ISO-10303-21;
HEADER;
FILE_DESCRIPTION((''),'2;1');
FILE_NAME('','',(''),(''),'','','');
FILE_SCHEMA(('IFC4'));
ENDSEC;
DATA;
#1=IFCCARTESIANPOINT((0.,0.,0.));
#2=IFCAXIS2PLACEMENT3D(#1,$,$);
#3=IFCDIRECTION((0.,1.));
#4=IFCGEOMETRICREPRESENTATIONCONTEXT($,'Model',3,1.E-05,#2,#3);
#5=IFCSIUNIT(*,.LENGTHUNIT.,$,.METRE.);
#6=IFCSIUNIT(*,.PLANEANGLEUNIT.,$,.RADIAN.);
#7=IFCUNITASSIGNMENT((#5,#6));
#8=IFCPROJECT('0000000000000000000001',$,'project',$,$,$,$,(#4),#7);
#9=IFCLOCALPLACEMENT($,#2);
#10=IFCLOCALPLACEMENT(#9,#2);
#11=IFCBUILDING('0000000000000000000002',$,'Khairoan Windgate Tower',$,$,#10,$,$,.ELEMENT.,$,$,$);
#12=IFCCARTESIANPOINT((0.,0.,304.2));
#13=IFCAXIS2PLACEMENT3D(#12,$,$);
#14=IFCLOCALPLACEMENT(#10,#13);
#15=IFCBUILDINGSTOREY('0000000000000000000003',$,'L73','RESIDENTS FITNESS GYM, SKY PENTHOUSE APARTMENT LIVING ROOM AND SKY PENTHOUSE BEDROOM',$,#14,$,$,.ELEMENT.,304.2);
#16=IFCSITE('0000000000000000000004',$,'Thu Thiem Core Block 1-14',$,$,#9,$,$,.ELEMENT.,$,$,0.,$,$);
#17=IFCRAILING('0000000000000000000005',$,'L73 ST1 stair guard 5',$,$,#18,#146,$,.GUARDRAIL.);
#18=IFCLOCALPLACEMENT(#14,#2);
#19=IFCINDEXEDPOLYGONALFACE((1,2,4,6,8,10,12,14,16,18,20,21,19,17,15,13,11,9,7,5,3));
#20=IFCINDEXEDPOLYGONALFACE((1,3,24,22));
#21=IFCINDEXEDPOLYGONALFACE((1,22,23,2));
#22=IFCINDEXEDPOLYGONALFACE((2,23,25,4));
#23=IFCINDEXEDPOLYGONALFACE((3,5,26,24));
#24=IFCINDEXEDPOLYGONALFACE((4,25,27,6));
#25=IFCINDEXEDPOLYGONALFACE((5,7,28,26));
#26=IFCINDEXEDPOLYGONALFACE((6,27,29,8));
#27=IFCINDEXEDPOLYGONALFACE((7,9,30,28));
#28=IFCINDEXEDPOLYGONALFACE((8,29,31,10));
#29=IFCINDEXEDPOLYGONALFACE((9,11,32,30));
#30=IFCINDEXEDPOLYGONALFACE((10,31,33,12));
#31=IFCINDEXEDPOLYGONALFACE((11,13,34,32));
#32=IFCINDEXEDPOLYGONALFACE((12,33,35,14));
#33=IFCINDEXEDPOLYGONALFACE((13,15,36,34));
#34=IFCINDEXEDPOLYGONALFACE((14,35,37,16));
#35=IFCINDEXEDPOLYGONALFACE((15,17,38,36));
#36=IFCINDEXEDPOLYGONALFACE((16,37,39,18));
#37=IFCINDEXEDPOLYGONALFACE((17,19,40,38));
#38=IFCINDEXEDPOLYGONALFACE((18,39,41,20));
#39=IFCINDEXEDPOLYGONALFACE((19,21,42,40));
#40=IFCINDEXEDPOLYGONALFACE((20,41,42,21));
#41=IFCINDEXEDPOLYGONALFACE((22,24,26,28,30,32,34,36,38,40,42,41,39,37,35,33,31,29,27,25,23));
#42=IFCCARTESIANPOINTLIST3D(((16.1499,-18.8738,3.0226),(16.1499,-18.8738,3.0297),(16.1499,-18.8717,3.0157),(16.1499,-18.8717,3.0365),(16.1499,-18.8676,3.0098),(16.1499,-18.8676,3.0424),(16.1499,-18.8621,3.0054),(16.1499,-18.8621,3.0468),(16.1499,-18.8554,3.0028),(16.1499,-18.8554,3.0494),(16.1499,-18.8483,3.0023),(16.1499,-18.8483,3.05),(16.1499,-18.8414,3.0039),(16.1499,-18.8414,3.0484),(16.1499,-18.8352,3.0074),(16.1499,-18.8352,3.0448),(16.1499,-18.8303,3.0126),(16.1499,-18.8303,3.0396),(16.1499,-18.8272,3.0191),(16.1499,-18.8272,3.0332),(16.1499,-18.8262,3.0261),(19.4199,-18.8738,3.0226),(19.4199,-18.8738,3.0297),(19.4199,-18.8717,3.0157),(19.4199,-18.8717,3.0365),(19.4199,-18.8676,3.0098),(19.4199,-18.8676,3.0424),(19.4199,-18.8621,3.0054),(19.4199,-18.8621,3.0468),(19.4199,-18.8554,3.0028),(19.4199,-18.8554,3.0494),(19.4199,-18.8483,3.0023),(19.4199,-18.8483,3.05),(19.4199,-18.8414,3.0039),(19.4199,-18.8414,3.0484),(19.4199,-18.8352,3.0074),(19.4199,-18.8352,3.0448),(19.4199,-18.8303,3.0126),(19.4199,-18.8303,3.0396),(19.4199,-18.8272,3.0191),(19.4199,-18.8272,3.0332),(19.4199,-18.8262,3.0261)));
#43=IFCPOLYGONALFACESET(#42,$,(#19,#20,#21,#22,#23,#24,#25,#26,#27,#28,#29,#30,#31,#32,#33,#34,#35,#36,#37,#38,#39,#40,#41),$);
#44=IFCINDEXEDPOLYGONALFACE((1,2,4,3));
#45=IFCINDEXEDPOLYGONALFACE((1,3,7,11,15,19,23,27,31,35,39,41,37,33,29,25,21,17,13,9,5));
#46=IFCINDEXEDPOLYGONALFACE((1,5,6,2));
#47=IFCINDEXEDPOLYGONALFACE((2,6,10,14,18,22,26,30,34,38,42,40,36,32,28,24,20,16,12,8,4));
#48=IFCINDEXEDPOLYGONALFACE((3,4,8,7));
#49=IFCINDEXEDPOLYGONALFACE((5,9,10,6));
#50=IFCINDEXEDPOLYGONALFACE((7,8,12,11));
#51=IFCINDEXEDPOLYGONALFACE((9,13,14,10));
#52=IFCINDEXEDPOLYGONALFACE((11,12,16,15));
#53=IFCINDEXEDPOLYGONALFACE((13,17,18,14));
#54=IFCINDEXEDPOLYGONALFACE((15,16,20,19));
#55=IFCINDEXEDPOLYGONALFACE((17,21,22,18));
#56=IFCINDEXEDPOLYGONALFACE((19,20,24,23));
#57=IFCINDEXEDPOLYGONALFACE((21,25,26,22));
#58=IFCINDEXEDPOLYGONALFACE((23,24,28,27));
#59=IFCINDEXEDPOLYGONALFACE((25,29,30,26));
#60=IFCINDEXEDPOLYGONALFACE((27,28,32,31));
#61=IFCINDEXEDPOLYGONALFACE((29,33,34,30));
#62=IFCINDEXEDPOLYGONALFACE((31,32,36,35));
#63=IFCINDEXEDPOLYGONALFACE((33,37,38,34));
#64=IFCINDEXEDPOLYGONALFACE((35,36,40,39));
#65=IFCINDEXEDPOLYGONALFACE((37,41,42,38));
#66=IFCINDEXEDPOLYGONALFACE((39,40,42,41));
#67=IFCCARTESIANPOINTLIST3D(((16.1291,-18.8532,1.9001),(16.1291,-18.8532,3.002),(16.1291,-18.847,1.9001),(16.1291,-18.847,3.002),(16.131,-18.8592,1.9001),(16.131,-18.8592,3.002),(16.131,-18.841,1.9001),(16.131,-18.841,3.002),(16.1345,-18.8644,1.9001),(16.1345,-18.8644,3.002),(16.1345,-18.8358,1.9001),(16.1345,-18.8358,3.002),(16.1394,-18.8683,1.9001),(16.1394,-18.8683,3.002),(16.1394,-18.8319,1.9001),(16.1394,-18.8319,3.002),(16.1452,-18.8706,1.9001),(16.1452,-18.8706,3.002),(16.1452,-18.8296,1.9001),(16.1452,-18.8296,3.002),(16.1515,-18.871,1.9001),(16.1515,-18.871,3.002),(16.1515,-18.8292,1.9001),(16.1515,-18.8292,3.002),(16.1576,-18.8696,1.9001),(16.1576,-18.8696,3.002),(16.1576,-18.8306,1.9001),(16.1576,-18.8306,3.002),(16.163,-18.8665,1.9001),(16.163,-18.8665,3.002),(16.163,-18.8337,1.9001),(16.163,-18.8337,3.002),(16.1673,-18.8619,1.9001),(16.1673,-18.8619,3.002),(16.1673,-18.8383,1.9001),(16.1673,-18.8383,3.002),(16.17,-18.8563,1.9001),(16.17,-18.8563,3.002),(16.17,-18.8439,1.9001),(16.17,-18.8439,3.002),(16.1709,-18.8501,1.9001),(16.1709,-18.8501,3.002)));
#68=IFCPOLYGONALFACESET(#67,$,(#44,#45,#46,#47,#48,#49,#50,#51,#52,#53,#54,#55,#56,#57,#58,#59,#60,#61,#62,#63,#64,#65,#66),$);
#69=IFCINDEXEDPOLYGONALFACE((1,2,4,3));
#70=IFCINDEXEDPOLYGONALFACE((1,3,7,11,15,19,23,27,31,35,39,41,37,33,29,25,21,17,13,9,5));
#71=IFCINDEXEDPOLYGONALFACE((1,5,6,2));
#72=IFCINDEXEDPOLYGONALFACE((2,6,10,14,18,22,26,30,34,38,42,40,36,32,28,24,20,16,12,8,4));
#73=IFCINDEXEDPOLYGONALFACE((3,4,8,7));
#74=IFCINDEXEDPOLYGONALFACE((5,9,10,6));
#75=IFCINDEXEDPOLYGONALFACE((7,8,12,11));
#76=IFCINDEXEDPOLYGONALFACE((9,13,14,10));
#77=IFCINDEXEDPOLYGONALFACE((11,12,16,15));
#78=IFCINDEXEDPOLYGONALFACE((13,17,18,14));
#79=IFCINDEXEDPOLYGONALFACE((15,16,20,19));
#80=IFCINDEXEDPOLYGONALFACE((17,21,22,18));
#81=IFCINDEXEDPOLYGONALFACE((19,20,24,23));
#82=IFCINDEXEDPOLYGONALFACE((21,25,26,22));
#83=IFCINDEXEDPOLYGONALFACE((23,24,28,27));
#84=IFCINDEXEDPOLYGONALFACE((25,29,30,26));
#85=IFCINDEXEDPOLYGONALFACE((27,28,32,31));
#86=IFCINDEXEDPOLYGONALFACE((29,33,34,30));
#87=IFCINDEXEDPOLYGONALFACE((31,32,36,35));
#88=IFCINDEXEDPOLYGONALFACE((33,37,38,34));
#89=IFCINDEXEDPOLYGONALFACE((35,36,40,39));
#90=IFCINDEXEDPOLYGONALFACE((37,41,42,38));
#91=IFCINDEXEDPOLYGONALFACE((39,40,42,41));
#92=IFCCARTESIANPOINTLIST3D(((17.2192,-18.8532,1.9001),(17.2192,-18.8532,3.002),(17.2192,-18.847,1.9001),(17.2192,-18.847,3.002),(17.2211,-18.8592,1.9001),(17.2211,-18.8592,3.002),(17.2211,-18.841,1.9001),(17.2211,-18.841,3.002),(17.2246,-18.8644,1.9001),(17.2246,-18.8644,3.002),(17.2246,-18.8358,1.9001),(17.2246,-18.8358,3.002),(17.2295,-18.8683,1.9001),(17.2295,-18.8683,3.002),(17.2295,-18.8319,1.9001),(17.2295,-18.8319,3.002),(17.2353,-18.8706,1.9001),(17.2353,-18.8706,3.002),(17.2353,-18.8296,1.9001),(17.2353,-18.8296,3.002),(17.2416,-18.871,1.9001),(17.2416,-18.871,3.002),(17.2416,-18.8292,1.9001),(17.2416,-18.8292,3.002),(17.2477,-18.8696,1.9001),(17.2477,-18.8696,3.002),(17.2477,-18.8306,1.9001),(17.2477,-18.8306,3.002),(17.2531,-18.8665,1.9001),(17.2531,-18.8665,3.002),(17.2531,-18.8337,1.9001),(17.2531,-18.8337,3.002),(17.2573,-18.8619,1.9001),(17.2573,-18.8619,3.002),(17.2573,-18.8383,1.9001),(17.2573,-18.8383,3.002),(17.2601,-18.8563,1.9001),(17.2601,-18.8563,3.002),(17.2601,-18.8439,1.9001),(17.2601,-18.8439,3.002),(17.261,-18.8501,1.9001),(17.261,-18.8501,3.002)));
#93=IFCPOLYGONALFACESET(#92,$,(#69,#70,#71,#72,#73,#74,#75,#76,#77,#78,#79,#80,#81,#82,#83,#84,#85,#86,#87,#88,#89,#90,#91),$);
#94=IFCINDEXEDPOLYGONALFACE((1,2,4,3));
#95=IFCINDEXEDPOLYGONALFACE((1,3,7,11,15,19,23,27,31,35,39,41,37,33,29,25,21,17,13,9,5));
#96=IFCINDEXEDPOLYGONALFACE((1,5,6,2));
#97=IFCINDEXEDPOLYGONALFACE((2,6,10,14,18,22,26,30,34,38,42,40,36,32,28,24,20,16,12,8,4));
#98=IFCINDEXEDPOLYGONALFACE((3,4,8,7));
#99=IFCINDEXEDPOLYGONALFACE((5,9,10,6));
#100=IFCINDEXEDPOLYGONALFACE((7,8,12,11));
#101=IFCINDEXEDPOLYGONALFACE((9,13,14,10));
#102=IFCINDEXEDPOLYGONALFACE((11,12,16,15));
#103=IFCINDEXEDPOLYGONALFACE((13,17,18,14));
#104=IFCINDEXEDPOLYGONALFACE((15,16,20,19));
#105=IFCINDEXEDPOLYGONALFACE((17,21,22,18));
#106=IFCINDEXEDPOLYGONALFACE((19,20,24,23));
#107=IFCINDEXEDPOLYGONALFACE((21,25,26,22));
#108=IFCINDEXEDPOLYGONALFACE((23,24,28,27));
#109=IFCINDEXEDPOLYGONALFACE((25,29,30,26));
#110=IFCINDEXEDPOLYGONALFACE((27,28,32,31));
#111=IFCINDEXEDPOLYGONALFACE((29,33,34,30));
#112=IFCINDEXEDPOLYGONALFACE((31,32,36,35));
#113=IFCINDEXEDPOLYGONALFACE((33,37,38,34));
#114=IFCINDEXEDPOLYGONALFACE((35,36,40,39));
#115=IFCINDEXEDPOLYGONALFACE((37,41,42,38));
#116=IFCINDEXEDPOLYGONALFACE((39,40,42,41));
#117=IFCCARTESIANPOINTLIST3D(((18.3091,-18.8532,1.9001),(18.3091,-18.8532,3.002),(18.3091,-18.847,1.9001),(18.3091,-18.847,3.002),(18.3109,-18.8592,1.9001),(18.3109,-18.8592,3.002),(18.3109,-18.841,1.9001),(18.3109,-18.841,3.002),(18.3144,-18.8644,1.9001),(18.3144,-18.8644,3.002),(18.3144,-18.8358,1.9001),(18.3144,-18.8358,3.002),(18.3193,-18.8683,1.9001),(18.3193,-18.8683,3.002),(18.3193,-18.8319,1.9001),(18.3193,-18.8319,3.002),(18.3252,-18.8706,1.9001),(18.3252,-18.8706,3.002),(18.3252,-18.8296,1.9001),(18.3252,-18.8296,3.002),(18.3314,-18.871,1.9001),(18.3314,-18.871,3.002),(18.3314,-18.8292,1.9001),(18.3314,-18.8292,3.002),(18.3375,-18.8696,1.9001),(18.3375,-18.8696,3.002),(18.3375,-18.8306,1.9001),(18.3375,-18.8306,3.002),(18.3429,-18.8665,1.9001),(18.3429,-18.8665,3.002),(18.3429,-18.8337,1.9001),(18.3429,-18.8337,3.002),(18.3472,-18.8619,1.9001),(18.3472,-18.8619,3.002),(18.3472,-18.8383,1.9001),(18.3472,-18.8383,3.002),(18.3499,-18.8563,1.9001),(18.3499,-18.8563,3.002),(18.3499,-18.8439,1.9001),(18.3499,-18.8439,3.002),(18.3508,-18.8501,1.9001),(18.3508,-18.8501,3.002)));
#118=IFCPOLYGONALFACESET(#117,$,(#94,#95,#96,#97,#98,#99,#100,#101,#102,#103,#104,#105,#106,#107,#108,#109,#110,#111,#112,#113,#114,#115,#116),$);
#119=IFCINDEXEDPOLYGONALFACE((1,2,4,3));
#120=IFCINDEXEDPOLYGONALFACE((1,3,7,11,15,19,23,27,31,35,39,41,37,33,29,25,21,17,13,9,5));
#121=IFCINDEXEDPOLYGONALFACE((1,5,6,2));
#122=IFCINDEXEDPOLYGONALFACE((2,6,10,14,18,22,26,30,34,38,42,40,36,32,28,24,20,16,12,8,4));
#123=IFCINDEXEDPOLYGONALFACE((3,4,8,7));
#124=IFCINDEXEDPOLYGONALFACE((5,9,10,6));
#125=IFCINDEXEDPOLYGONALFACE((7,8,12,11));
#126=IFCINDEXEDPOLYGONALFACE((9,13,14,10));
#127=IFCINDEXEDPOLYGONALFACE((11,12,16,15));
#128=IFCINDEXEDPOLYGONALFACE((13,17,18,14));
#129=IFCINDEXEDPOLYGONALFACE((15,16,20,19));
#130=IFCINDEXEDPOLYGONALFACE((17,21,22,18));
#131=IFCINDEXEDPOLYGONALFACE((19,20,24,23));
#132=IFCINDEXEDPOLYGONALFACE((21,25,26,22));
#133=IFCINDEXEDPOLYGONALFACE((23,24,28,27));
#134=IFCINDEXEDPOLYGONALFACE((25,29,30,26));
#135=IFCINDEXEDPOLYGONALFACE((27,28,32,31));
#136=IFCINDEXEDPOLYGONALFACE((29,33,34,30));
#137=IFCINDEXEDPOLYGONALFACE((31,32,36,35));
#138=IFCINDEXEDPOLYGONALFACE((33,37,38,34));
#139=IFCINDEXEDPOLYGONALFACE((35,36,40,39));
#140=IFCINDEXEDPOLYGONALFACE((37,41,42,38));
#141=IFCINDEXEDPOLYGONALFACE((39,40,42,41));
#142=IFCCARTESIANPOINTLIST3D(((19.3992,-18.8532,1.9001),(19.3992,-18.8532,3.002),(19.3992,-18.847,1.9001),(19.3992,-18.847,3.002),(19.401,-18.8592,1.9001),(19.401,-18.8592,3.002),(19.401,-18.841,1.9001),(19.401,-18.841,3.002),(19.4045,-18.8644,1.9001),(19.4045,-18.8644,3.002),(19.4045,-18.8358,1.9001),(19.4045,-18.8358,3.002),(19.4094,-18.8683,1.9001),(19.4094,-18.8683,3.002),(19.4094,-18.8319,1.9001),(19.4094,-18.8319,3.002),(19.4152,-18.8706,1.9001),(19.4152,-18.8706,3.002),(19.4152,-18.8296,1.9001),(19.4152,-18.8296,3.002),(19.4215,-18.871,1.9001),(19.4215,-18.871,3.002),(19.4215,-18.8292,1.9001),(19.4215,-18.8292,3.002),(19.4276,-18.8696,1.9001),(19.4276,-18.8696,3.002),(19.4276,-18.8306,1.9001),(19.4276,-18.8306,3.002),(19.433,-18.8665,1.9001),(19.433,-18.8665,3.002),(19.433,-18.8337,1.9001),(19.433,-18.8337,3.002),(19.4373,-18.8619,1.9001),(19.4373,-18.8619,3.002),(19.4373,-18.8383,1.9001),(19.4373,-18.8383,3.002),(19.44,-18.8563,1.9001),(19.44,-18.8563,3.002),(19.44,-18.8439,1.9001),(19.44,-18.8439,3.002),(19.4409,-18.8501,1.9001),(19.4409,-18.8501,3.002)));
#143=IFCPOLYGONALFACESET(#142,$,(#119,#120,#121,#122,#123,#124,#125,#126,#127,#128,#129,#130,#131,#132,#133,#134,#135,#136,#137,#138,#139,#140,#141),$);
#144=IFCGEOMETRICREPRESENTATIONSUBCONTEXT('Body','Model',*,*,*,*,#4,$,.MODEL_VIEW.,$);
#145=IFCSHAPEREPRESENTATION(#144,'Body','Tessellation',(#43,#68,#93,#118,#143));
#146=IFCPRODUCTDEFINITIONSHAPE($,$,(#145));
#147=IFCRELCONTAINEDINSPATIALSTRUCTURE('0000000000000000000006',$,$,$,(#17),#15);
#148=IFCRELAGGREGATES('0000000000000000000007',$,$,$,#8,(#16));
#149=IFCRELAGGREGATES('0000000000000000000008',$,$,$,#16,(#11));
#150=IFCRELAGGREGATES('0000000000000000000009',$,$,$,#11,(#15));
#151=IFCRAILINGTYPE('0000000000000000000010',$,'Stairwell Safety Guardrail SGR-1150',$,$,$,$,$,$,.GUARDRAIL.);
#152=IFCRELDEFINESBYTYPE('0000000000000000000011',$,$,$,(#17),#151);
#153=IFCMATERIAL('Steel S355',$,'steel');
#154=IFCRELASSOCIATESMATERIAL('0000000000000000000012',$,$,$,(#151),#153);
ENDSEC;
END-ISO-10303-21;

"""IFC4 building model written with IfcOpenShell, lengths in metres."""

from ifc_helpers import new_model, si_unit, direction, frame, origin, origin_2d, place, context, subcontext, project, spatial, circle, extrude, material, type_object, element, save


model = new_model("IFC4")

# Units and contexts
model_context = context("Model", 3, precision=1e-05, world=origin(), true_north=direction((0.0, 1.0)))
body_context = subcontext(model_context, "Body", "Model", "MODEL_VIEW")
ifc_project = project(units=[si_unit("LENGTHUNIT", "METRE"), si_unit("PLANEANGLEUNIT", "RADIAN")], contexts=[model_context])

# Site, building, storey
site_placement = place(None, origin())
site = spatial("IfcSite", under=ifc_project, at=site_placement, Name="Thu Thiem Core Block 1-14", CompositionType="ELEMENT", RefElevation=0.0)
building_placement = place(site_placement, origin())
building = spatial("IfcBuilding", under=site, at=building_placement, Name="Khairoan Windgate Tower", CompositionType="ELEMENT")
storey_placement = place(building_placement, frame((0.0, 0.0, 304.2)))
storey = spatial("IfcBuildingStorey", under=building, at=storey_placement, Name="L73", Description="RESIDENTS FITNESS GYM, SKY PENTHOUSE APARTMENT LIVING ROOM AND SKY PENTHOUSE BEDROOM", CompositionType="ELEMENT", Elevation=304.2)

# Railing
ifc_material_1 = material(Name="Steel S355", Category="steel")
railing_type = type_object("IfcRailingType", Name="Stairwell Safety Guardrail SGR-1150", PredefinedType="GUARDRAIL", material=ifc_material_1)
railing_1_placement = place(storey_placement, frame((16.1499, -18.8501, 1.9001)))
element("IfcRailing", 1, at=railing_1_placement, inside=storey, type_object=railing_type, Name="L73 ST1 stair guard 5", PredefinedType="GUARDRAIL", context=body_context, shape_type="SweptSolid", body=[
    extrude(circle(Radius=0.0239, at=origin_2d()), frame((0.0, 0.0, 1.126), z_axis=(1.0, 0.0, 0.0), x_axis=(0.0, 1.0, 0.0)), (0.0, 0.0, 1.0), 3.27),
    extrude(circle(Radius=0.021, at=origin_2d()), origin(), (0.0, 0.0, 1.0), 1.1018),
    extrude(circle(Radius=0.021, at=origin_2d()), frame((1.0901, 0.0, 0.0)), (0.0, 0.0, 1.0), 1.1018),
    extrude(circle(Radius=0.021, at=origin_2d()), frame((2.1799, 0.0, 0.0)), (0.0, 0.0, 1.0), 1.1018),
    extrude(circle(Radius=0.021, at=origin_2d()), frame((3.27, 0.0, 0.0)), (0.0, 0.0, 1.0), 1.1018),
])

save(model, "model.ifc")
